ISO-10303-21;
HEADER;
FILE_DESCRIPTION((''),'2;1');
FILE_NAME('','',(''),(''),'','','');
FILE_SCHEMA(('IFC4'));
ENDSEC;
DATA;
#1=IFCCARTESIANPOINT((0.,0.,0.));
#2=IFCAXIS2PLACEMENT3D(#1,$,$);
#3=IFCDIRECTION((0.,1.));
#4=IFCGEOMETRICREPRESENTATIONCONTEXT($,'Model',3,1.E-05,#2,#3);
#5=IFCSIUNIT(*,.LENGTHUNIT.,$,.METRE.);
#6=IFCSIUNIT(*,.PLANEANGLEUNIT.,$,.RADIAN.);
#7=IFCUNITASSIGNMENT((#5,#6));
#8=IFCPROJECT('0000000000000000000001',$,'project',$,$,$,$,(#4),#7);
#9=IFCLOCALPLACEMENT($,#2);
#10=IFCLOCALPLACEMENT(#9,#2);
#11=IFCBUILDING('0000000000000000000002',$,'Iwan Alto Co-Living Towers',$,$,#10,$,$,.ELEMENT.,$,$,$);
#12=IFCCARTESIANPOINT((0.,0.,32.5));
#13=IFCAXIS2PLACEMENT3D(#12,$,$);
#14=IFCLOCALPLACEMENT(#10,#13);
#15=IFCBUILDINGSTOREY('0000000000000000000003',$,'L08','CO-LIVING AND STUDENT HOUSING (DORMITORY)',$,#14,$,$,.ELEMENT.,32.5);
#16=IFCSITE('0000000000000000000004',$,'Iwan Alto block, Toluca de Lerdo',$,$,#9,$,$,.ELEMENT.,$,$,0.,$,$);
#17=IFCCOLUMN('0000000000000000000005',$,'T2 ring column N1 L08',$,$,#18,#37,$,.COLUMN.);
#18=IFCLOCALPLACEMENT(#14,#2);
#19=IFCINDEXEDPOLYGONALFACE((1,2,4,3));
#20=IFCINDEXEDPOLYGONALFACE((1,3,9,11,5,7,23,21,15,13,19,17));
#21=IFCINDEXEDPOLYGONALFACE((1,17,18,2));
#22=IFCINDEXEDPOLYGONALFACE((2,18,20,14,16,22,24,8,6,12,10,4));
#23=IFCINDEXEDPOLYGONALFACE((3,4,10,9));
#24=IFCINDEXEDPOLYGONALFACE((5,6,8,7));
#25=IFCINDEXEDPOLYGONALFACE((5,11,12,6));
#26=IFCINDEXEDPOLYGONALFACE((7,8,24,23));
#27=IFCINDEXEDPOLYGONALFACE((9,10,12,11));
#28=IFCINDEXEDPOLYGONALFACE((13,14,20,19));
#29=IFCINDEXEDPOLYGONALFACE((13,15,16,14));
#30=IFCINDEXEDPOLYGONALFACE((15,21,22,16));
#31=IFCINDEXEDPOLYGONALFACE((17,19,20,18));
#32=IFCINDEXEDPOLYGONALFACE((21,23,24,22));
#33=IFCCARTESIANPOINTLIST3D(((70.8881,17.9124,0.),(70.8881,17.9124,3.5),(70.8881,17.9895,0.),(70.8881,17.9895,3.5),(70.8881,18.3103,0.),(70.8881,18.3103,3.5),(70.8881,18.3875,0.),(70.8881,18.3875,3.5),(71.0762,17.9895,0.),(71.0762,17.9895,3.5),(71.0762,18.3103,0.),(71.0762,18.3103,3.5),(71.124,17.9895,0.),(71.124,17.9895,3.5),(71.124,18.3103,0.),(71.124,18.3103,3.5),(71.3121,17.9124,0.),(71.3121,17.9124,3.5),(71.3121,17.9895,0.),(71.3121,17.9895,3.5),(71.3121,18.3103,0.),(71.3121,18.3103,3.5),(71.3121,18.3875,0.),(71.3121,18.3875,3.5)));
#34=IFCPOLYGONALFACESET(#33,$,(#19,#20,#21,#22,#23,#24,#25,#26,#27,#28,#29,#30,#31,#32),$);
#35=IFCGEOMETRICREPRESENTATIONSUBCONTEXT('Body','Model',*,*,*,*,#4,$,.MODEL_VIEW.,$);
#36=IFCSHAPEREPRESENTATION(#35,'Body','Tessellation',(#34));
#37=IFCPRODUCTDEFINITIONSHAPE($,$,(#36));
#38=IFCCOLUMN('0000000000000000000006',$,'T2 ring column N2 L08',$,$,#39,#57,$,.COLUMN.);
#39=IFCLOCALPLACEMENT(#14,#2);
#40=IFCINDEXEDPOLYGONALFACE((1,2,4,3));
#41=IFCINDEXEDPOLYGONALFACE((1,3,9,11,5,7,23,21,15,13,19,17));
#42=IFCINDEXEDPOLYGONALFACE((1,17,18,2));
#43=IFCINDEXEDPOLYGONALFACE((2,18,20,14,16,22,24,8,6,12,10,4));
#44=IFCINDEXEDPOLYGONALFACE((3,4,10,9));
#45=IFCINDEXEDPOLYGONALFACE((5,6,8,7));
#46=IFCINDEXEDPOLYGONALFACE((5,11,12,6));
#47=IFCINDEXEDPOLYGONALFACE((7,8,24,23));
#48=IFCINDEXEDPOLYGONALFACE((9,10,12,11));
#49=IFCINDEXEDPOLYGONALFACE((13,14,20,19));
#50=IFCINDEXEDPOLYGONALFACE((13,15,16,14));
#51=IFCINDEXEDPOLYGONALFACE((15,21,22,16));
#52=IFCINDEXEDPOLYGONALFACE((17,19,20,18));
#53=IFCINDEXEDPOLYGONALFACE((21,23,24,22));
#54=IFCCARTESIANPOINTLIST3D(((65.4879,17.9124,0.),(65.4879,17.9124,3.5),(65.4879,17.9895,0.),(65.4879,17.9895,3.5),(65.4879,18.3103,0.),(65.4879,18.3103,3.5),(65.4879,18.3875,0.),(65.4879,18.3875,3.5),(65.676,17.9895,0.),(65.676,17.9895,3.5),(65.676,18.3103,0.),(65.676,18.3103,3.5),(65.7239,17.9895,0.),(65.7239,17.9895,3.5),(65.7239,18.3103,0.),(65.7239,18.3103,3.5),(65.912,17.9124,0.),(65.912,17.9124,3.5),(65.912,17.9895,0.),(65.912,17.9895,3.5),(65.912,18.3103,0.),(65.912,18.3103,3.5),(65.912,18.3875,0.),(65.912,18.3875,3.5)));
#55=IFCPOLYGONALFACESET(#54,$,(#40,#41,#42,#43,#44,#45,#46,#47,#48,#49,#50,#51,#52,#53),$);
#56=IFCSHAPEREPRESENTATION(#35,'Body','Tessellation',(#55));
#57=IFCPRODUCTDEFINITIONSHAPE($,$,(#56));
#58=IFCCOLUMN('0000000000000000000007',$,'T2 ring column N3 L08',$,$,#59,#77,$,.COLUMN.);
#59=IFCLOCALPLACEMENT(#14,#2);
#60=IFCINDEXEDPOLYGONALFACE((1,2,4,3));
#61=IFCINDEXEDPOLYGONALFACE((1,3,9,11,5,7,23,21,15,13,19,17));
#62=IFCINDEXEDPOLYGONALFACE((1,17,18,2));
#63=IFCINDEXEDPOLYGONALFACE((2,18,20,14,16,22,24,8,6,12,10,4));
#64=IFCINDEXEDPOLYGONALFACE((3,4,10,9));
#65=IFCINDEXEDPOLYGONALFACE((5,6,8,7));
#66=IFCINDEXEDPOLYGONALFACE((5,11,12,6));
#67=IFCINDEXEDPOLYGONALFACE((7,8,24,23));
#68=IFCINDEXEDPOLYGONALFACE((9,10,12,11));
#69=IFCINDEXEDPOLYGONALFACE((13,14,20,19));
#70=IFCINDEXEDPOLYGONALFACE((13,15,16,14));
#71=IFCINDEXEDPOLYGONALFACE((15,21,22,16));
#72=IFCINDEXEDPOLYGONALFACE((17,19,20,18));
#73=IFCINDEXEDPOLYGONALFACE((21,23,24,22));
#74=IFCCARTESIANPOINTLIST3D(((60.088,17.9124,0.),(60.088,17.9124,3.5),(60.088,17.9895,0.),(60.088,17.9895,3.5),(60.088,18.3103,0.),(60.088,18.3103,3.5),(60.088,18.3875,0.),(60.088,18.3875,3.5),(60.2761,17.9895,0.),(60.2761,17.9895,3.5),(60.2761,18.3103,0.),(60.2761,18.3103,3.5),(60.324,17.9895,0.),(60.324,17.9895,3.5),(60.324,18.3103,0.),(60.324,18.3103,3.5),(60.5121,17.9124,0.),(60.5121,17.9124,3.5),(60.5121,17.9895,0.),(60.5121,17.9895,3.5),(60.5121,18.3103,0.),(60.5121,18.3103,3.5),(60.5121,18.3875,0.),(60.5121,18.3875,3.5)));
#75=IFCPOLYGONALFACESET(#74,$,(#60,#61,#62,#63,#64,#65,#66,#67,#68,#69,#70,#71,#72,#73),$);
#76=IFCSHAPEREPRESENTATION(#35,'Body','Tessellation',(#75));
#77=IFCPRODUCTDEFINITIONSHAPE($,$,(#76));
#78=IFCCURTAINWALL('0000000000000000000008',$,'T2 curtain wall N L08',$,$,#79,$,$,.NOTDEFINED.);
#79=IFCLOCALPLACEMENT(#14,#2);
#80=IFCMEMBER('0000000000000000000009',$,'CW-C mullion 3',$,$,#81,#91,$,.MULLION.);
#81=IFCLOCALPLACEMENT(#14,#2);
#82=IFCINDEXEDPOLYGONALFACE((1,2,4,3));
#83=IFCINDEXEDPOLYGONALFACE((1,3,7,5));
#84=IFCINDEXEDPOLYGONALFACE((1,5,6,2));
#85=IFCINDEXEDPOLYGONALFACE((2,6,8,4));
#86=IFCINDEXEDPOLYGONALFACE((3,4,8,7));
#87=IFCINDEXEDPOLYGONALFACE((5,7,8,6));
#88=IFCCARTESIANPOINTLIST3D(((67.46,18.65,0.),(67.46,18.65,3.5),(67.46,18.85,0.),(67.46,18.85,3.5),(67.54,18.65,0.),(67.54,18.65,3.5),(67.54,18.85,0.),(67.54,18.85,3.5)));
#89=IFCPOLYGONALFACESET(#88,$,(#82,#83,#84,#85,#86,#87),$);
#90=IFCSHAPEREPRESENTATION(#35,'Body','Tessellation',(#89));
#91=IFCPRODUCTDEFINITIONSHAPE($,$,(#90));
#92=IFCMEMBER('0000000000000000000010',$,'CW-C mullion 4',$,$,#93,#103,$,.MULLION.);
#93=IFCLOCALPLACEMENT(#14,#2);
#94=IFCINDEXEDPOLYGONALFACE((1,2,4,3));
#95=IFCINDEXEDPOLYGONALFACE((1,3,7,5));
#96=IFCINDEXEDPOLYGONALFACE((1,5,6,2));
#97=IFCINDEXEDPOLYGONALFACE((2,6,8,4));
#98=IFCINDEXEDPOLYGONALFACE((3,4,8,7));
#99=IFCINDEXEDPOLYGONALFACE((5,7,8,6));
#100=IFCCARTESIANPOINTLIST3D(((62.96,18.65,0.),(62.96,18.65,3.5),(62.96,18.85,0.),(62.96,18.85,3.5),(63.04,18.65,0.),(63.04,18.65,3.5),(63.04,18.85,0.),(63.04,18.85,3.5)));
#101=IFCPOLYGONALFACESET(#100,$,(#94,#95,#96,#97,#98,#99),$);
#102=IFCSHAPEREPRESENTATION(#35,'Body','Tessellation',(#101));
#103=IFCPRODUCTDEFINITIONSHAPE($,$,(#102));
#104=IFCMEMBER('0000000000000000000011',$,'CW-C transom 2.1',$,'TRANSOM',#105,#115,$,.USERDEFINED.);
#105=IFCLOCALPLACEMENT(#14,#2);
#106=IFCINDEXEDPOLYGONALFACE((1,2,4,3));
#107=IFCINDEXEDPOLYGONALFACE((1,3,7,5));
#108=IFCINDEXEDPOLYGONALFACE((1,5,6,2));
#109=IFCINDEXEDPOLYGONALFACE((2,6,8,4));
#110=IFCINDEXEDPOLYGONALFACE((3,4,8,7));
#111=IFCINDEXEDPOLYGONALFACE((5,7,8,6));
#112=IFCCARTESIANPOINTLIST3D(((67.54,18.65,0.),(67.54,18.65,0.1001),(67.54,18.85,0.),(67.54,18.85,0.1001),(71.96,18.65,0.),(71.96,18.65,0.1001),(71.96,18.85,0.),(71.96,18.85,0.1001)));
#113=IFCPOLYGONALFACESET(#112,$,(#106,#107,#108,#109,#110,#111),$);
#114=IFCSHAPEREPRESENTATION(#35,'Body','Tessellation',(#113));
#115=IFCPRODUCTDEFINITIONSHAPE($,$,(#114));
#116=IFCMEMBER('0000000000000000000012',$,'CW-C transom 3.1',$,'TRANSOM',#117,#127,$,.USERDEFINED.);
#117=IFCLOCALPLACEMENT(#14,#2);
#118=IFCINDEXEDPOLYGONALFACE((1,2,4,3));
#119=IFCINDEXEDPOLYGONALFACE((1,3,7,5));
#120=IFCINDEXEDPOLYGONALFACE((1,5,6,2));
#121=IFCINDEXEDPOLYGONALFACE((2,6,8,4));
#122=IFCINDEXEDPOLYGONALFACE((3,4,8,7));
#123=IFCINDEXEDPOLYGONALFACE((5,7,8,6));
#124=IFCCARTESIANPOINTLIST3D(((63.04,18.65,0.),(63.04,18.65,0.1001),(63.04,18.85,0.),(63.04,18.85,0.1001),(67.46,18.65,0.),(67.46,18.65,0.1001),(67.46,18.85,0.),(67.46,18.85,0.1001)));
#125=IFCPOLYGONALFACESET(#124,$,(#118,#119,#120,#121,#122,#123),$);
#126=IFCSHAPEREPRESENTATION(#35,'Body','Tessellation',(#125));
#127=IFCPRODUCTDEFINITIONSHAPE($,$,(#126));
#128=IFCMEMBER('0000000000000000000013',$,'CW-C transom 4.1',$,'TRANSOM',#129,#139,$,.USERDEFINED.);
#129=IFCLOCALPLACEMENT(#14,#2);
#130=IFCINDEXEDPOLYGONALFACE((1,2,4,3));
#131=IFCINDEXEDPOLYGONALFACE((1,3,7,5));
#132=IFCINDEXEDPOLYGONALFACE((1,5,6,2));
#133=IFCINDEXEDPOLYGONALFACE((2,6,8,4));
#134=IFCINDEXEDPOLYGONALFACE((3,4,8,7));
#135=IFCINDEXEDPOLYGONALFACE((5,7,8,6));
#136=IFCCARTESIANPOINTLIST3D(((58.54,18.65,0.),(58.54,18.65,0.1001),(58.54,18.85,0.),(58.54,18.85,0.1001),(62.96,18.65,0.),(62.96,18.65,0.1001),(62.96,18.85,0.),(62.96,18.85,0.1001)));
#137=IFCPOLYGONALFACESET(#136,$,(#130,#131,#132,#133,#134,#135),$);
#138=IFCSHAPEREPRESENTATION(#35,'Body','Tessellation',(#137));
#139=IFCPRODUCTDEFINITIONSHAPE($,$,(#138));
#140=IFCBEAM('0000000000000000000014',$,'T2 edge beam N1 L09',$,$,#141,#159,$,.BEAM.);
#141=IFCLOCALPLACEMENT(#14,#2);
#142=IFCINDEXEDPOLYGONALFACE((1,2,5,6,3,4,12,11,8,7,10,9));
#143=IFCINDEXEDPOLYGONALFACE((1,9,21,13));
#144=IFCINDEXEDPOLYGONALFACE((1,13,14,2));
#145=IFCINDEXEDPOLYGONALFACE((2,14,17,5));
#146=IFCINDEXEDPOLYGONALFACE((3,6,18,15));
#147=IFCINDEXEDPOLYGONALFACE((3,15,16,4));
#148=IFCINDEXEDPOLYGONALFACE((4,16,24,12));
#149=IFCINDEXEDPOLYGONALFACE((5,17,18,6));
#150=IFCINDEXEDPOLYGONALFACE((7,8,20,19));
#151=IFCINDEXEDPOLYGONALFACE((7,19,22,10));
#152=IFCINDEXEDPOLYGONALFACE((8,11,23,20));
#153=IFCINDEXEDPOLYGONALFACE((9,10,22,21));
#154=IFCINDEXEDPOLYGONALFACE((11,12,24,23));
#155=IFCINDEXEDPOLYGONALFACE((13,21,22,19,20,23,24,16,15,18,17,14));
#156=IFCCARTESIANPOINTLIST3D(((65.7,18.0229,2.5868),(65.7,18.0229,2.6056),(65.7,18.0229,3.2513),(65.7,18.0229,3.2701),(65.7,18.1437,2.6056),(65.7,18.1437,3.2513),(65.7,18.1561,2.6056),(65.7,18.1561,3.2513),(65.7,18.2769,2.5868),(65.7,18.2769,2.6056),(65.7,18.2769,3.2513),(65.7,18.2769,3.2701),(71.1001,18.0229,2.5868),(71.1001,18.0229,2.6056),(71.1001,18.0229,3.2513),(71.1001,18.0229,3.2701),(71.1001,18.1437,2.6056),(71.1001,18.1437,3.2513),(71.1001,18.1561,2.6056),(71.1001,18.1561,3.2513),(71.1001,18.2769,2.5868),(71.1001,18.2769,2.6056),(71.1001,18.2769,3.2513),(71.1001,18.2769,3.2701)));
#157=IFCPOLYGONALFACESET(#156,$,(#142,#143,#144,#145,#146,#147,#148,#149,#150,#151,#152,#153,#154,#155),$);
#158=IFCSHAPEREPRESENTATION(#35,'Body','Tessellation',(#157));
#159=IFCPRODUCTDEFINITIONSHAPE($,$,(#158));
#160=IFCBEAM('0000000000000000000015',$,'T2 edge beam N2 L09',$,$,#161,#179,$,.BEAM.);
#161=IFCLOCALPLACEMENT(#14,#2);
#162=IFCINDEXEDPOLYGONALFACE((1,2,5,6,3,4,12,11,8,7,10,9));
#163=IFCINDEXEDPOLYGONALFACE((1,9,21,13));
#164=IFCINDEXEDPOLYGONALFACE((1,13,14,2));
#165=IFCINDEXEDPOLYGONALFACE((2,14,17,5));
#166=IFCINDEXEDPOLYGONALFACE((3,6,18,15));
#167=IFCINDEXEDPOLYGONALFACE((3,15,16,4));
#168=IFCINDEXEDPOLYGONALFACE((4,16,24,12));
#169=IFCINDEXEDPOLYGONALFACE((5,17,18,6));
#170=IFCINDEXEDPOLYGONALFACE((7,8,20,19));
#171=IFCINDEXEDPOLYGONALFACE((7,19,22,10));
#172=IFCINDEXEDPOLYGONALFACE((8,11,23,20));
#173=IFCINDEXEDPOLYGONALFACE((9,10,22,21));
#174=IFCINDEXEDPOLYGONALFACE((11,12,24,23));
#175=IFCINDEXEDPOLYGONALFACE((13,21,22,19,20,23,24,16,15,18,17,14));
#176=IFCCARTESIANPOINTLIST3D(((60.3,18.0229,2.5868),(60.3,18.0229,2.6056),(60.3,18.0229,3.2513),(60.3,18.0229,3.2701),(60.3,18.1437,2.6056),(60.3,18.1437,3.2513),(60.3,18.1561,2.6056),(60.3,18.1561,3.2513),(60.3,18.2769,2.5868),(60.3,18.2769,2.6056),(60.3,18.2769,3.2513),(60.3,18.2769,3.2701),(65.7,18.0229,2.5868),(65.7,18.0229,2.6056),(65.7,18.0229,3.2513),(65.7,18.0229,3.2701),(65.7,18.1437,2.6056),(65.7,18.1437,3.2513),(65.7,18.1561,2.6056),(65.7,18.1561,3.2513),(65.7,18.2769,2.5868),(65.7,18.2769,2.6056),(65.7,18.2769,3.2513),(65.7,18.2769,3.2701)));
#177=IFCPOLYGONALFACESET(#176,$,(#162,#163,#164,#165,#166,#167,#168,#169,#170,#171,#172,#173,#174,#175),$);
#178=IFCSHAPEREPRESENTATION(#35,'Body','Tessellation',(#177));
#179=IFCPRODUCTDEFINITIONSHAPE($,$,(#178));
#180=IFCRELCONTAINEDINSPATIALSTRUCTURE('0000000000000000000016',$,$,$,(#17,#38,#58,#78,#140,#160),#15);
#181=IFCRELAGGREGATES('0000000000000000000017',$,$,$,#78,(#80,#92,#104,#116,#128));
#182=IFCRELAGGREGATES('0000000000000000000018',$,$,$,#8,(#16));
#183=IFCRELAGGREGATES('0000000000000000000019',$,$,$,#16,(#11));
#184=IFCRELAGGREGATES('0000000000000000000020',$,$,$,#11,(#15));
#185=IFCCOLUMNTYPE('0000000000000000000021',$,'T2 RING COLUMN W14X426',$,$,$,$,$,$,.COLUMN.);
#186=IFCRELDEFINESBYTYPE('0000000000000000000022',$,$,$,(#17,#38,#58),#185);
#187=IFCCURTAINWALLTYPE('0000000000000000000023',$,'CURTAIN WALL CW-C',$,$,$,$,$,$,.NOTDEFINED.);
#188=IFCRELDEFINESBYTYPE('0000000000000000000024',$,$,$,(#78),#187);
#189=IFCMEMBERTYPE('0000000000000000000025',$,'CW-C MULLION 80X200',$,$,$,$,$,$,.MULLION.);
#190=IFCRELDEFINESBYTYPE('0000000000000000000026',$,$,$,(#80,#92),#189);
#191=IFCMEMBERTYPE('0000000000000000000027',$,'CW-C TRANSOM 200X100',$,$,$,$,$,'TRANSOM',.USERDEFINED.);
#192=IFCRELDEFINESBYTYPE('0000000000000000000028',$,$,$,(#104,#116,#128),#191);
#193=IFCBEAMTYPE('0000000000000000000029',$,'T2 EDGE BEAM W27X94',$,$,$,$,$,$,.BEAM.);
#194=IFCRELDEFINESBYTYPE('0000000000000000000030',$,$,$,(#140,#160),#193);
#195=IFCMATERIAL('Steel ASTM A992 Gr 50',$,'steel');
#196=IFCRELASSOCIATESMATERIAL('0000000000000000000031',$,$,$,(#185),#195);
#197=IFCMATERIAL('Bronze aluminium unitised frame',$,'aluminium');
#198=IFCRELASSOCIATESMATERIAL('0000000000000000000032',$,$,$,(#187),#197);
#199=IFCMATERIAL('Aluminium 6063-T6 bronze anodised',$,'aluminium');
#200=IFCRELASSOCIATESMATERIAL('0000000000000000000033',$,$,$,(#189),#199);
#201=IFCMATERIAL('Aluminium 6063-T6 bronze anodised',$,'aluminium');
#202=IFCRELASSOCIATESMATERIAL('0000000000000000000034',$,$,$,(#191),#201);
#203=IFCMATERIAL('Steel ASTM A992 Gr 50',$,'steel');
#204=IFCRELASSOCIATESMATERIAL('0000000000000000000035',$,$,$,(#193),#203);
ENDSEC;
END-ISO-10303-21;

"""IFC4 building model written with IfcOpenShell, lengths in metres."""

from ifc_helpers import new_model, si_unit, direction, frame, origin, origin_2d, place, context, subcontext, project, spatial, rectangle, i_section, extrude, material, material_profile, profile_set, type_object, element, aggregate, save


model = new_model("IFC4")

# Units and contexts
model_context = context("Model", 3, precision=1e-05, world=origin(), true_north=direction((0.0, 1.0)))
body_context = subcontext(model_context, "Body", "Model", "MODEL_VIEW")
ifc_project = project(units=[si_unit("LENGTHUNIT", "METRE"), si_unit("PLANEANGLEUNIT", "RADIAN")], contexts=[model_context])

# Site, building, storey
site_placement = place(None, origin())
site = spatial("IfcSite", under=ifc_project, at=site_placement, Name="Iwan Alto block, Toluca de Lerdo", CompositionType="ELEMENT", RefElevation=0.0)
building_placement = place(site_placement, origin())
building = spatial("IfcBuilding", under=site, at=building_placement, Name="Iwan Alto Co-Living Towers", CompositionType="ELEMENT")
storey_placement = place(building_placement, frame((0.0, 0.0, 32.5)))
storey = spatial("IfcBuildingStorey", under=building, at=storey_placement, Name="L08", Description="CO-LIVING AND STUDENT HOUSING (DORMITORY)", CompositionType="ELEMENT", Elevation=32.5)

# Columns
ifc_material_1 = material(Name="Steel ASTM A992 Gr 50", Category="steel")
ifc_material_profile_1 = material_profile(ifc_material_1, i_section(OverallWidth=0.4241, OverallDepth=0.4751, WebThickness=0.0479, FlangeThickness=0.0771, at=origin_2d()), Name="W14X426")
ifc_profile_set_1 = profile_set([ifc_material_profile_1], Name="Steel ASTM A992 Gr 50")
column_type = type_object("IfcColumnType", Name="T2 RING COLUMN W14X426", PredefinedType="COLUMN", material=ifc_profile_set_1)
for number, where, z_axis, x_axis, name in (
    (1, (71.1001, 18.1499, 0.0), (0.0, 0.0, 1.0), (1.0, 0.0, 0.0), "T2 ring column N1 L08"),
    (2, (65.7, 18.1499, 0.0), (0.0, 0.0, 1.0), (1.0, 0.0, 0.0), "T2 ring column N2 L08"),
    (3, (60.3, 18.1499, 0.0), (0.0, 0.0, 1.0), (1.0, 0.0, 0.0), "T2 ring column N3 L08"),
):
    element("IfcColumn", number, at=place(storey_placement, frame(where, z_axis=z_axis, x_axis=x_axis)), inside=storey, type_object=column_type, Name=name, PredefinedType="COLUMN", context=body_context, shape_type="SweptSolid", body=[
        extrude(i_section(OverallWidth=0.4241, OverallDepth=0.4751, WebThickness=0.0479, FlangeThickness=0.0771, at=origin_2d()), origin(), (0.0, 0.0, 1.0), 3.5),
    ])

# Curtain wall, members
ifc_material_2 = material(Name="Bronze aluminium unitised frame", Category="aluminium")
curtain_wall_type = type_object("IfcCurtainWallType", Name="CURTAIN WALL CW-C", PredefinedType="NOTDEFINED", material=ifc_material_2)
curtain_wall_placement = place(storey_placement, origin())
curtain_wall = element("IfcCurtainWall", 4, at=curtain_wall_placement, inside=storey, type_object=curtain_wall_type, Name="T2 curtain wall N L08", PredefinedType="NOTDEFINED")
ifc_material_3 = material(Name="Aluminium 6063-T6 bronze anodised", Category="aluminium")
ifc_material_profile_2 = material_profile(ifc_material_3, rectangle(XDim=0.2, YDim=0.0801, at=origin_2d()), Name="AL 80X200")
ifc_profile_set_2 = profile_set([ifc_material_profile_2], Name="Aluminium 6063-T6 bronze anodised")
member_type_1 = type_object("IfcMemberType", Name="CW-C MULLION 80X200", PredefinedType="MULLION", material=ifc_profile_set_2)
member_1_placement = place(storey_placement, frame((67.5, 18.75, 0.0), z_axis=(0.0, 0.0, 1.0), x_axis=(0.0, -1.0, 0.0)))
member_1 = element("IfcMember", 5, at=member_1_placement, type_object=member_type_1, Name="CW-C mullion 3", PredefinedType="MULLION", context=body_context, shape_type="SweptSolid", body=[
    extrude(rectangle(XDim=0.2, YDim=0.0801, at=origin_2d()), origin(), (0.0, 0.0, 1.0), 3.5),
])
member_2_placement = place(storey_placement, frame((63.0, 18.75, 0.0), z_axis=(0.0, 0.0, 1.0), x_axis=(0.0, -1.0, 0.0)))
member_2 = element("IfcMember", 6, at=member_2_placement, type_object=member_type_1, Name="CW-C mullion 4", PredefinedType="MULLION", context=body_context, shape_type="SweptSolid", body=[
    extrude(rectangle(XDim=0.2, YDim=0.0801, at=origin_2d()), origin(), (0.0, 0.0, 1.0), 3.5),
])
ifc_material_4 = material(Name="Aluminium 6063-T6 bronze anodised", Category="aluminium")
ifc_material_profile_3 = material_profile(ifc_material_4, rectangle(XDim=0.2, YDim=0.1001, at=origin_2d()), Name="AL 200X100")
ifc_profile_set_3 = profile_set([ifc_material_profile_3], Name="Aluminium 6063-T6 bronze anodised")
member_type_2 = type_object("IfcMemberType", Name="CW-C TRANSOM 200X100", ElementType="TRANSOM", PredefinedType="USERDEFINED", material=ifc_profile_set_3)
member_3_placement = place(storey_placement, frame((71.96, 18.75, 0.05), z_axis=(-1.0, 0.0, 0.0), x_axis=(0.0, -1.0, 0.0)))
member_3 = element("IfcMember", 7, at=member_3_placement, type_object=member_type_2, Name="CW-C transom 2.1", ObjectType="TRANSOM", PredefinedType="USERDEFINED", context=body_context, shape_type="SweptSolid", body=[
    extrude(rectangle(XDim=0.2, YDim=0.1001, at=origin_2d()), origin(), (0.0, 0.0, 1.0), 4.4199),
])
member_4_placement = place(storey_placement, frame((67.46, 18.75, 0.05), z_axis=(-1.0, 0.0, 0.0), x_axis=(0.0, -1.0, 0.0)))
member_4 = element("IfcMember", 8, at=member_4_placement, type_object=member_type_2, Name="CW-C transom 3.1", ObjectType="TRANSOM", PredefinedType="USERDEFINED", context=body_context, shape_type="SweptSolid", body=[
    extrude(rectangle(XDim=0.2, YDim=0.1001, at=origin_2d()), origin(), (0.0, 0.0, 1.0), 4.4199),
])
member_5_placement = place(storey_placement, frame((62.96, 18.75, 0.05), z_axis=(-1.0, 0.0, 0.0), x_axis=(0.0, -1.0, 0.0)))
member_5 = element("IfcMember", 9, at=member_5_placement, type_object=member_type_2, Name="CW-C transom 4.1", ObjectType="TRANSOM", PredefinedType="USERDEFINED", context=body_context, shape_type="SweptSolid", body=[
    extrude(rectangle(XDim=0.2, YDim=0.1001, at=origin_2d()), origin(), (0.0, 0.0, 1.0), 4.4199),
])

# Beams
ifc_material_5 = material(Name="Steel ASTM A992 Gr 50", Category="steel")
ifc_material_profile_4 = material_profile(ifc_material_5, i_section(OverallWidth=0.2539, OverallDepth=0.6833, WebThickness=0.0125, FlangeThickness=0.0188, at=origin_2d()), Name="W27X94")
ifc_profile_set_4 = profile_set([ifc_material_profile_4], Name="Steel ASTM A992 Gr 50")
beam_type_1 = type_object("IfcBeamType", Name="T2 EDGE BEAM W27X94", PredefinedType="BEAM", material=ifc_profile_set_4)
beam_1_placement = place(storey_placement, frame((71.1001, 18.1499, 2.9285), z_axis=(-1.0, 0.0, 0.0), x_axis=(0.0, -1.0, 0.0)))
element("IfcBeam", 10, at=beam_1_placement, inside=storey, type_object=beam_type_1, Name="T2 edge beam N1 L09", PredefinedType="BEAM", context=body_context, shape_type="SweptSolid", body=[
    extrude(i_section(OverallWidth=0.2539, OverallDepth=0.6833, WebThickness=0.0125, FlangeThickness=0.0188, at=origin_2d()), origin(), (0.0, 0.0, 1.0), 5.4001),
])
beam_2_placement = place(storey_placement, frame((65.7, 18.1499, 2.9285), z_axis=(-1.0, 0.0, 0.0), x_axis=(0.0, -1.0, 0.0)))
element("IfcBeam", 11, at=beam_2_placement, inside=storey, type_object=beam_type_1, Name="T2 edge beam N2 L09", PredefinedType="BEAM", context=body_context, shape_type="SweptSolid", body=[
    extrude(i_section(OverallWidth=0.2539, OverallDepth=0.6833, WebThickness=0.0125, FlangeThickness=0.0188, at=origin_2d()), origin(), (0.0, 0.0, 1.0), 5.3999),
])

aggregate(curtain_wall, [member_1, member_2, member_3, member_4, member_5])

save(model, "model.ifc")
